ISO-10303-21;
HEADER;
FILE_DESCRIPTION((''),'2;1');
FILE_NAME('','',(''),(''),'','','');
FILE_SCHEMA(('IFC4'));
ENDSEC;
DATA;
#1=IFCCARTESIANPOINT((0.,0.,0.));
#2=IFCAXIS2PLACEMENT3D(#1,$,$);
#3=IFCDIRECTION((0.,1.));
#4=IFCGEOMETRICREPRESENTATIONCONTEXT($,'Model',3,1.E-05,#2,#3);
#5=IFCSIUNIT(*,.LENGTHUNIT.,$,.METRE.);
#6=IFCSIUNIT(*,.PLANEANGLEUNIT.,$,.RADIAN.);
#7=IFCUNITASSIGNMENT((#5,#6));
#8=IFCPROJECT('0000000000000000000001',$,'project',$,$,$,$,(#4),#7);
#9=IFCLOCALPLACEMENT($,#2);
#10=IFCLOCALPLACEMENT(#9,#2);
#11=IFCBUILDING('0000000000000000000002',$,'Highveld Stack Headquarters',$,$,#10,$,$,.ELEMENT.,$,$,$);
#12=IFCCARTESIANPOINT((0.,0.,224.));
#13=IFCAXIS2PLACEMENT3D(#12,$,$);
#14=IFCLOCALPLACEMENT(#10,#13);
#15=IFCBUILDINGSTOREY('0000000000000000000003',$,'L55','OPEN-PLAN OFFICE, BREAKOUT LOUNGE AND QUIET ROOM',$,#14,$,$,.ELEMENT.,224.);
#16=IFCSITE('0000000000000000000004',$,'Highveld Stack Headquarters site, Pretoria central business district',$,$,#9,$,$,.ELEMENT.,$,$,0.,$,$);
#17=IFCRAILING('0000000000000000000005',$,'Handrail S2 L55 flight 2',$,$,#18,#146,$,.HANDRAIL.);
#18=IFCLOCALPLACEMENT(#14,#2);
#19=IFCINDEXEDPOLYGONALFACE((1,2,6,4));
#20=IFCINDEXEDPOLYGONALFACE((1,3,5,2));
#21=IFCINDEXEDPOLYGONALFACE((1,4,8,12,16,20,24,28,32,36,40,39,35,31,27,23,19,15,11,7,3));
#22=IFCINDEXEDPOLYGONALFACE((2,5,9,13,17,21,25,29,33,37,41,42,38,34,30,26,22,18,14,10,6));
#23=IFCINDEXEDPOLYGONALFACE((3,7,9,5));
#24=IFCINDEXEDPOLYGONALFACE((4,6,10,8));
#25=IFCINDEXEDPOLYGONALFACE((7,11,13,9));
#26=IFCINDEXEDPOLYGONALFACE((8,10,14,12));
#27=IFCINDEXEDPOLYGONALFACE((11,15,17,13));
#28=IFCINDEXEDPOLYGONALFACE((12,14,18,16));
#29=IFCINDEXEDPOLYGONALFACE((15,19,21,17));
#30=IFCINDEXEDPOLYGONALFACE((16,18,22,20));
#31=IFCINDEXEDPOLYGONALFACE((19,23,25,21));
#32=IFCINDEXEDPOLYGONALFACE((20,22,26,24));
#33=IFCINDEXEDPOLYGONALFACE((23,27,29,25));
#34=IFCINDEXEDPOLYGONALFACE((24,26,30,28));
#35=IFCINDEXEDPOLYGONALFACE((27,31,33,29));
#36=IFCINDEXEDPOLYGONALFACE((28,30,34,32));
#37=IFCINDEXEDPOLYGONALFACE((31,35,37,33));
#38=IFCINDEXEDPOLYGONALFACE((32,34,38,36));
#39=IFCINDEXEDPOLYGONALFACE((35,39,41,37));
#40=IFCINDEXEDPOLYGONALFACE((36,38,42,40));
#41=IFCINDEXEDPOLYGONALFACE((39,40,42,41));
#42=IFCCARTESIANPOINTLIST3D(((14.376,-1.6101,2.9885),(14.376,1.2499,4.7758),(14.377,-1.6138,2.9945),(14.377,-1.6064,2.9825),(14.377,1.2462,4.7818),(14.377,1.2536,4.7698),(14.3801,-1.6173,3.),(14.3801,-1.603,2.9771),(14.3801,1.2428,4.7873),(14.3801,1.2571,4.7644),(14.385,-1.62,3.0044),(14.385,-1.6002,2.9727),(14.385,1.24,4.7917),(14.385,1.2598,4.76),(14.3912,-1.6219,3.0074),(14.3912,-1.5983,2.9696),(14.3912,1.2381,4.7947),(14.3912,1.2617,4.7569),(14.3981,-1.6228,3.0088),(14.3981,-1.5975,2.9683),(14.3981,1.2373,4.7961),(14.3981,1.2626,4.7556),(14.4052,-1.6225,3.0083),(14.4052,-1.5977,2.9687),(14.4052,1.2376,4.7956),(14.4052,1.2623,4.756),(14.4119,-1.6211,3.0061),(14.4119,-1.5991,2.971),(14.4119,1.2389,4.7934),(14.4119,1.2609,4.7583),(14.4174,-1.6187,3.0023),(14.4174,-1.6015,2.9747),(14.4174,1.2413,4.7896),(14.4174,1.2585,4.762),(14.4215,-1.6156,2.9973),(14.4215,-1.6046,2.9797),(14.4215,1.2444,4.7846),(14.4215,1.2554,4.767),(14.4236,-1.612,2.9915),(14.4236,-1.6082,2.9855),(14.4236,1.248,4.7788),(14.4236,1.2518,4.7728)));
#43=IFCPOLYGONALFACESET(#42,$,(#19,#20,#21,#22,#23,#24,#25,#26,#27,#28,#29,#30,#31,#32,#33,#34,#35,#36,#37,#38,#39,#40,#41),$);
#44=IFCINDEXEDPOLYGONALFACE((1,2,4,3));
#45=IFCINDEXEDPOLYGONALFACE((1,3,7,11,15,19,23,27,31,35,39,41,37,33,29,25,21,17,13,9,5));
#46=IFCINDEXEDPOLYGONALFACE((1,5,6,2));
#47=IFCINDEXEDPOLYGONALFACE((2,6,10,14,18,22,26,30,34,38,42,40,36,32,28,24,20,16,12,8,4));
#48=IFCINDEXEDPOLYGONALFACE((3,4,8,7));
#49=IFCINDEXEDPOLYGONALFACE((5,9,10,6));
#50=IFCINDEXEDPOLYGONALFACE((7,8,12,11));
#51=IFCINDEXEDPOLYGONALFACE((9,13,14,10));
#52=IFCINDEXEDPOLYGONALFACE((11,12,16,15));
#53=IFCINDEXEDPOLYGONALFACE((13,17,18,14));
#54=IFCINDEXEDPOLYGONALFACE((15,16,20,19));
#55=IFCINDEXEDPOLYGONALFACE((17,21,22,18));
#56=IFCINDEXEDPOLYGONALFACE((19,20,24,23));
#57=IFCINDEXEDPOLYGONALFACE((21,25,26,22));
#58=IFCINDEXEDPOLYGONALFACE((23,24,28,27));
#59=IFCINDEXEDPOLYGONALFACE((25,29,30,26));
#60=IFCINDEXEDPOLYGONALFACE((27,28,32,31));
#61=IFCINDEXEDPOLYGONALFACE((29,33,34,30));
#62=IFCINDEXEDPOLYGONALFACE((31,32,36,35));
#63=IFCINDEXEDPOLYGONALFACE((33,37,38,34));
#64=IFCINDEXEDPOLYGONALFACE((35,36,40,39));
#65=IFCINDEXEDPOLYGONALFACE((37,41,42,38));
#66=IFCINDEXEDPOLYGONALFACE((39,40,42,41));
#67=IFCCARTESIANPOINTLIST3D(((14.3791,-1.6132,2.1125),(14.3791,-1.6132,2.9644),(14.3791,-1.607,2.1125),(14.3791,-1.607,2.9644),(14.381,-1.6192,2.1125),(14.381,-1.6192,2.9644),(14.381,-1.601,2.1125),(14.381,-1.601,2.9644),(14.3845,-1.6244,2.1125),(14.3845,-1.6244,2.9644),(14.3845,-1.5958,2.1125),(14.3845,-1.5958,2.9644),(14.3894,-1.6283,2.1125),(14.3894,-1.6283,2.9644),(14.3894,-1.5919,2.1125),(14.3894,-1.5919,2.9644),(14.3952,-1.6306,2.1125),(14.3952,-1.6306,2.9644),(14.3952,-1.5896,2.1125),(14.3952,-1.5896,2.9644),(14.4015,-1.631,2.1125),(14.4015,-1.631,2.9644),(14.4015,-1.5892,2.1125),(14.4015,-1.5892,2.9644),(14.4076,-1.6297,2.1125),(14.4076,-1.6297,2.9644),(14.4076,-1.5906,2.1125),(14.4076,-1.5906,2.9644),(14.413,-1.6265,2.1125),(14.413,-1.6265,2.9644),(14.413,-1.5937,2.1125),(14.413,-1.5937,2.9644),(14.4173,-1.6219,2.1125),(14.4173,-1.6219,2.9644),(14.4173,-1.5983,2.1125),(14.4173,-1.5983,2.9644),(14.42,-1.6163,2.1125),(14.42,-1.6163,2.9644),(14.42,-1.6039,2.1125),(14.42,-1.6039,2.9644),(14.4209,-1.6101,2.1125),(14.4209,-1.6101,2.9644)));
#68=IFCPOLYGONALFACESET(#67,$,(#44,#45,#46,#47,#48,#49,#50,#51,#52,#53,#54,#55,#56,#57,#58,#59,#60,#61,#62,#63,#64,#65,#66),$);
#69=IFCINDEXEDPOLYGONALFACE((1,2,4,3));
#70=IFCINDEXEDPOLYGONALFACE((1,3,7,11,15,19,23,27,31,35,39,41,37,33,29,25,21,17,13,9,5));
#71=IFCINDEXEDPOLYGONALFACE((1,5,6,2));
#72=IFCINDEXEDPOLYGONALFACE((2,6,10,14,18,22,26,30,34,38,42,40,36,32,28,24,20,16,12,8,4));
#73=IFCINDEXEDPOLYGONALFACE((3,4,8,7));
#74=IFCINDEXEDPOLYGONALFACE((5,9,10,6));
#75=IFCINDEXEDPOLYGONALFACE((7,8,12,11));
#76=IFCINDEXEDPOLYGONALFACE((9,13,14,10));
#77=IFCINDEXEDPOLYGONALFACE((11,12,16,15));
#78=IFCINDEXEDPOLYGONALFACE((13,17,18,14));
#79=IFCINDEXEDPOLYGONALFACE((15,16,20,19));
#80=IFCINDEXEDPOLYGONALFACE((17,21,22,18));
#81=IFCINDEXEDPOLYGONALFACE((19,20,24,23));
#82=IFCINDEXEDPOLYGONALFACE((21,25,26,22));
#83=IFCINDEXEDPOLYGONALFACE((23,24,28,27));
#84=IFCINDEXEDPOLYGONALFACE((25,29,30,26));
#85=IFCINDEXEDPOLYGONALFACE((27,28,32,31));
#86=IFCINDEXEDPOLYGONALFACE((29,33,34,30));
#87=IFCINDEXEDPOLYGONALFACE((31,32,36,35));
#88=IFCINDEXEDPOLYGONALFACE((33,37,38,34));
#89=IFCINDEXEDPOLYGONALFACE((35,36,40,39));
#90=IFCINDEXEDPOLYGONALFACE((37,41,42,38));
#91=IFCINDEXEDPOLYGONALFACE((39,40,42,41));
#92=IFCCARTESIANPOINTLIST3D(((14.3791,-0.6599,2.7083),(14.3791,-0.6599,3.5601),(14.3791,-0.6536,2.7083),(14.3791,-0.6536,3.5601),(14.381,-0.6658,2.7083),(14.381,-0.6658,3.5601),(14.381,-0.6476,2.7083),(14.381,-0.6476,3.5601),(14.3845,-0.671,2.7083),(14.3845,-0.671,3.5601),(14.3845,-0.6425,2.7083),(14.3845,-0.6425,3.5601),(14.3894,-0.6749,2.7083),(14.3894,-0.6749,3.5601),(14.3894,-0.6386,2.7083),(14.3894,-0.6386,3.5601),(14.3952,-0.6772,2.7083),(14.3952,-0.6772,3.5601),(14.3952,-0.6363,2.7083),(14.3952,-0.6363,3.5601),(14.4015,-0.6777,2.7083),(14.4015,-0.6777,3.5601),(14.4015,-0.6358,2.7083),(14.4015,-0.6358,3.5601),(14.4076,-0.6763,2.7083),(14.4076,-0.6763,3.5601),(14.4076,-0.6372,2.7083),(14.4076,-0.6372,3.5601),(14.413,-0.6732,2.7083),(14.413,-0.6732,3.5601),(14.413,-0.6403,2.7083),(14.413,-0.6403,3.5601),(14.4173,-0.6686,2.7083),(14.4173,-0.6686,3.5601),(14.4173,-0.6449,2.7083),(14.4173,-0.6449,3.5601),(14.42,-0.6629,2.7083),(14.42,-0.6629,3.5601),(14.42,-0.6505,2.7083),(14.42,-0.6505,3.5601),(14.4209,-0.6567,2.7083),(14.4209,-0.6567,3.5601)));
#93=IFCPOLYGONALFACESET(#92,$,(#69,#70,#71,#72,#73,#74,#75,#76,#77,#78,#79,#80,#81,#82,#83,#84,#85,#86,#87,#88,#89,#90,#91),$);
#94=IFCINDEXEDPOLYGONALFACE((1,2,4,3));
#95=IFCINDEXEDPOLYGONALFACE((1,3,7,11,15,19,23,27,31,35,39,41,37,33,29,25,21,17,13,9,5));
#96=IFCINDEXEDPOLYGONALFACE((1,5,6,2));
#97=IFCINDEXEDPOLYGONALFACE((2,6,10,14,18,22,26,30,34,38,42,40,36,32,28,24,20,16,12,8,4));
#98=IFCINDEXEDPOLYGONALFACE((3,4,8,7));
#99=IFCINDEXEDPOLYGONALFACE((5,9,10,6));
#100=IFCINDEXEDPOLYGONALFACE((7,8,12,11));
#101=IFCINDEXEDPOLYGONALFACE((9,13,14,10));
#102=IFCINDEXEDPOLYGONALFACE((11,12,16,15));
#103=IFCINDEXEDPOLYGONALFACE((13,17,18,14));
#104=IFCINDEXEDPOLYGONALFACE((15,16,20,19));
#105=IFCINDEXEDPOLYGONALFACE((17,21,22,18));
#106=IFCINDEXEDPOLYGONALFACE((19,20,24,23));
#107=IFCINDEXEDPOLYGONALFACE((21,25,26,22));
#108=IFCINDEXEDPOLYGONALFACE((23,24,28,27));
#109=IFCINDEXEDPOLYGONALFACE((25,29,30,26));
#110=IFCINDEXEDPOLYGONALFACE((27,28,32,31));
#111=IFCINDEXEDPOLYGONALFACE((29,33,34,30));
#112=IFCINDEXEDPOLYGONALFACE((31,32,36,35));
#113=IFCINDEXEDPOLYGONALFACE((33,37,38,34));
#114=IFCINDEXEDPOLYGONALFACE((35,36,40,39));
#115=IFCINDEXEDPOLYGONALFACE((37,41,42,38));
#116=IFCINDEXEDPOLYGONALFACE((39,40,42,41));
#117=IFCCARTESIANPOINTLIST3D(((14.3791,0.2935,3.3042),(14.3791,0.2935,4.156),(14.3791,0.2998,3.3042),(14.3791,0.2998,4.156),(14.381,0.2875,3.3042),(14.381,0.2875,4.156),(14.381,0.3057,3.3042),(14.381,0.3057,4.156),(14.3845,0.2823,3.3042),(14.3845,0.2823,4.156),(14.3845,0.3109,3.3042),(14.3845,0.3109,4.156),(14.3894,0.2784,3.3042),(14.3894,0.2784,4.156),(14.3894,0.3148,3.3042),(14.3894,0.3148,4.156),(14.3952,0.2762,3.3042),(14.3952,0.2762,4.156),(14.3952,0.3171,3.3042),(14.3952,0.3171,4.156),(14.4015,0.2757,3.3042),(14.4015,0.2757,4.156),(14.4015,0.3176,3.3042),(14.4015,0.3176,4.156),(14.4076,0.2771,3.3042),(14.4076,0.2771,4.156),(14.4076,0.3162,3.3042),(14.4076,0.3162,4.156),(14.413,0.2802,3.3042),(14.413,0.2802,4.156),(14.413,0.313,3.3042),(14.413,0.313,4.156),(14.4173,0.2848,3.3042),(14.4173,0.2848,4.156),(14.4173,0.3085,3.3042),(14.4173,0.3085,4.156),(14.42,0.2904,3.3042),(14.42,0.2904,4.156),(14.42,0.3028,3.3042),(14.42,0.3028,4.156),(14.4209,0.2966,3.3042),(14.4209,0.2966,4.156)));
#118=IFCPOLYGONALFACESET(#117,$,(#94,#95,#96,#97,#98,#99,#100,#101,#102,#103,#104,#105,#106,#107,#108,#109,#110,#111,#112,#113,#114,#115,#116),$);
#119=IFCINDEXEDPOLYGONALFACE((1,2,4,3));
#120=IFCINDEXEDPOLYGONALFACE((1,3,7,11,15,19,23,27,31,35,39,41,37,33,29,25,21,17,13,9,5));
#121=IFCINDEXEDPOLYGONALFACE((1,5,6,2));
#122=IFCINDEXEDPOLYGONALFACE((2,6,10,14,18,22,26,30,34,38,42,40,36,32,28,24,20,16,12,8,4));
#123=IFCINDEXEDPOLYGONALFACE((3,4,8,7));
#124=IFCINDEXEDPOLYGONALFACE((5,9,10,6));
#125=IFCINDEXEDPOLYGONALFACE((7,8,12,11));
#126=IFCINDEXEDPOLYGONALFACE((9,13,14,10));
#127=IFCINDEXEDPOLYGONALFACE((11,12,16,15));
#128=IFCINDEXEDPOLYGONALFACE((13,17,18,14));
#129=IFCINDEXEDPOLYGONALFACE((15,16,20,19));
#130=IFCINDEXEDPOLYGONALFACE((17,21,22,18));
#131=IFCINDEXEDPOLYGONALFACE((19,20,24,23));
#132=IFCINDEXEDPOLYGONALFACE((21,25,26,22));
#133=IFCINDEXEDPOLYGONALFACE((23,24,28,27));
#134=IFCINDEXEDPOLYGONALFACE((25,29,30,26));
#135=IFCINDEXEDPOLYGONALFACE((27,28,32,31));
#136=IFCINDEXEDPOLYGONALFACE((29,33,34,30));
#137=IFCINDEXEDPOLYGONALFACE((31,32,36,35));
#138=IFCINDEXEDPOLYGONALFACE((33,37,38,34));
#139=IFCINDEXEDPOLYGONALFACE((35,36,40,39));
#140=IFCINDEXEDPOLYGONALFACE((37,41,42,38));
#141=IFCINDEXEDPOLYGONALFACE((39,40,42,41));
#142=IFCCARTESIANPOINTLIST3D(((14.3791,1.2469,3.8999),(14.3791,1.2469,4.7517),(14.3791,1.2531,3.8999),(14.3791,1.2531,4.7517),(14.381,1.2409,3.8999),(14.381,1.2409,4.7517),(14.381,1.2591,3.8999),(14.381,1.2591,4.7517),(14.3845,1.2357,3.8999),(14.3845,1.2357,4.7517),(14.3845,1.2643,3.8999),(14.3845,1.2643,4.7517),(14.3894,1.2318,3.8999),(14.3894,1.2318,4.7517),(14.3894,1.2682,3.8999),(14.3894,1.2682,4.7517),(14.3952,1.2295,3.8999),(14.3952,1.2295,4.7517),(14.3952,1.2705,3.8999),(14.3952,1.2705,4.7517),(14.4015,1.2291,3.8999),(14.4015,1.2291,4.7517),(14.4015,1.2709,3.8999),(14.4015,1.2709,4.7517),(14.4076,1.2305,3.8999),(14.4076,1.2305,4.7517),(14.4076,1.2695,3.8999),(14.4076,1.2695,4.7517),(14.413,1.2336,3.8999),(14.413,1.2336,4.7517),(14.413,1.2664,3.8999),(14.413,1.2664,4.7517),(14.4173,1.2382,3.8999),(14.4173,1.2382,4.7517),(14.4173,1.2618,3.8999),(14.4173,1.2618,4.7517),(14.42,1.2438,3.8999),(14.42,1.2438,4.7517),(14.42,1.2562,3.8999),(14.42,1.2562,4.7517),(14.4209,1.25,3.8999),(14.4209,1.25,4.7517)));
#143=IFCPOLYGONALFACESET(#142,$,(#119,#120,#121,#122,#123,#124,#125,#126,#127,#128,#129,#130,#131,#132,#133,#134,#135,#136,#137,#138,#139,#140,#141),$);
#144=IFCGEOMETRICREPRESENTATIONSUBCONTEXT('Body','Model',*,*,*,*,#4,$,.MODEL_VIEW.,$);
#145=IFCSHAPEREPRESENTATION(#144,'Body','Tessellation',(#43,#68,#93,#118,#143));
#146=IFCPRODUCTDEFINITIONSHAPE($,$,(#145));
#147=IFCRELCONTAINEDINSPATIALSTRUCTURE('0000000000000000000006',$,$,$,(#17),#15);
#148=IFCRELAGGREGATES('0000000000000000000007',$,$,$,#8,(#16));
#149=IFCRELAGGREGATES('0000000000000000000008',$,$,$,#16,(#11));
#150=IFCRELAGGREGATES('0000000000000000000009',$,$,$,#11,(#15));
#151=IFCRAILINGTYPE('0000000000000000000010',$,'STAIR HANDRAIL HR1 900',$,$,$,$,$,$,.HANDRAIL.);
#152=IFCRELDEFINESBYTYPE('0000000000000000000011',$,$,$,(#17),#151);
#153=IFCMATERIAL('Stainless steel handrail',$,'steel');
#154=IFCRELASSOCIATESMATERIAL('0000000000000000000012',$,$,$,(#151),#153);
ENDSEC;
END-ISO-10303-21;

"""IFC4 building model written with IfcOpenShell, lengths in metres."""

from ifc_helpers import new_model, si_unit, direction, frame, origin, origin_2d, place, context, subcontext, project, spatial, circle, extrude, material, type_object, element, save


model = new_model("IFC4")

# Units and contexts
model_context = context("Model", 3, precision=1e-05, world=origin(), true_north=direction((0.0, 1.0)))
body_context = subcontext(model_context, "Body", "Model", "MODEL_VIEW")
ifc_project = project(units=[si_unit("LENGTHUNIT", "METRE"), si_unit("PLANEANGLEUNIT", "RADIAN")], contexts=[model_context])

# Site, building, storey
site_placement = place(None, origin())
site = spatial("IfcSite", under=ifc_project, at=site_placement, Name="Highveld Stack Headquarters site, Pretoria central business district", CompositionType="ELEMENT", RefElevation=0.0)
building_placement = place(site_placement, origin())
building = spatial("IfcBuilding", under=site, at=building_placement, Name="Highveld Stack Headquarters", CompositionType="ELEMENT")
storey_placement = place(building_placement, frame((0.0, 0.0, 224.0)))
storey = spatial("IfcBuildingStorey", under=building, at=storey_placement, Name="L55", Description="OPEN-PLAN OFFICE, BREAKOUT LOUNGE AND QUIET ROOM", CompositionType="ELEMENT", Elevation=224.0)

# Railing
ifc_material_1 = material(Name="Stainless steel handrail", Category="steel")
railing_type = type_object("IfcRailingType", Name="STAIR HANDRAIL HR1 900", PredefinedType="HANDRAIL", material=ifc_material_1)
railing_placement = place(storey_placement, frame((14.3999, -1.6101, 2.1125)))
element("IfcRailing", 1, at=railing_placement, inside=storey, type_object=railing_type, Name="Handrail S2 L55 flight 2", PredefinedType="HANDRAIL", context=body_context, shape_type="SweptSolid", body=[
    extrude(circle(Radius=0.0239, at=origin_2d()), frame((0.0, 0.0, 0.876), z_axis=(0.0, 0.848027, 0.529953), x_axis=(-1.0, 0.0, 0.0)), (0.0, 0.0, 1.0), 3.3726),
    extrude(circle(Radius=0.021, at=origin_2d()), origin(), (0.0, 0.0, 1.0), 0.8518),
    extrude(circle(Radius=0.021, at=origin_2d()), frame((0.0, 0.9534, 0.5957)), (0.0, 0.0, 1.0), 0.8518),
    extrude(circle(Radius=0.021, at=origin_2d()), frame((0.0, 1.9067, 1.1917)), (0.0, 0.0, 1.0), 0.8518),
    extrude(circle(Radius=0.021, at=origin_2d()), frame((0.0, 2.8601, 1.7874)), (0.0, 0.0, 1.0), 0.8518),
])

save(model, "model.ifc")
